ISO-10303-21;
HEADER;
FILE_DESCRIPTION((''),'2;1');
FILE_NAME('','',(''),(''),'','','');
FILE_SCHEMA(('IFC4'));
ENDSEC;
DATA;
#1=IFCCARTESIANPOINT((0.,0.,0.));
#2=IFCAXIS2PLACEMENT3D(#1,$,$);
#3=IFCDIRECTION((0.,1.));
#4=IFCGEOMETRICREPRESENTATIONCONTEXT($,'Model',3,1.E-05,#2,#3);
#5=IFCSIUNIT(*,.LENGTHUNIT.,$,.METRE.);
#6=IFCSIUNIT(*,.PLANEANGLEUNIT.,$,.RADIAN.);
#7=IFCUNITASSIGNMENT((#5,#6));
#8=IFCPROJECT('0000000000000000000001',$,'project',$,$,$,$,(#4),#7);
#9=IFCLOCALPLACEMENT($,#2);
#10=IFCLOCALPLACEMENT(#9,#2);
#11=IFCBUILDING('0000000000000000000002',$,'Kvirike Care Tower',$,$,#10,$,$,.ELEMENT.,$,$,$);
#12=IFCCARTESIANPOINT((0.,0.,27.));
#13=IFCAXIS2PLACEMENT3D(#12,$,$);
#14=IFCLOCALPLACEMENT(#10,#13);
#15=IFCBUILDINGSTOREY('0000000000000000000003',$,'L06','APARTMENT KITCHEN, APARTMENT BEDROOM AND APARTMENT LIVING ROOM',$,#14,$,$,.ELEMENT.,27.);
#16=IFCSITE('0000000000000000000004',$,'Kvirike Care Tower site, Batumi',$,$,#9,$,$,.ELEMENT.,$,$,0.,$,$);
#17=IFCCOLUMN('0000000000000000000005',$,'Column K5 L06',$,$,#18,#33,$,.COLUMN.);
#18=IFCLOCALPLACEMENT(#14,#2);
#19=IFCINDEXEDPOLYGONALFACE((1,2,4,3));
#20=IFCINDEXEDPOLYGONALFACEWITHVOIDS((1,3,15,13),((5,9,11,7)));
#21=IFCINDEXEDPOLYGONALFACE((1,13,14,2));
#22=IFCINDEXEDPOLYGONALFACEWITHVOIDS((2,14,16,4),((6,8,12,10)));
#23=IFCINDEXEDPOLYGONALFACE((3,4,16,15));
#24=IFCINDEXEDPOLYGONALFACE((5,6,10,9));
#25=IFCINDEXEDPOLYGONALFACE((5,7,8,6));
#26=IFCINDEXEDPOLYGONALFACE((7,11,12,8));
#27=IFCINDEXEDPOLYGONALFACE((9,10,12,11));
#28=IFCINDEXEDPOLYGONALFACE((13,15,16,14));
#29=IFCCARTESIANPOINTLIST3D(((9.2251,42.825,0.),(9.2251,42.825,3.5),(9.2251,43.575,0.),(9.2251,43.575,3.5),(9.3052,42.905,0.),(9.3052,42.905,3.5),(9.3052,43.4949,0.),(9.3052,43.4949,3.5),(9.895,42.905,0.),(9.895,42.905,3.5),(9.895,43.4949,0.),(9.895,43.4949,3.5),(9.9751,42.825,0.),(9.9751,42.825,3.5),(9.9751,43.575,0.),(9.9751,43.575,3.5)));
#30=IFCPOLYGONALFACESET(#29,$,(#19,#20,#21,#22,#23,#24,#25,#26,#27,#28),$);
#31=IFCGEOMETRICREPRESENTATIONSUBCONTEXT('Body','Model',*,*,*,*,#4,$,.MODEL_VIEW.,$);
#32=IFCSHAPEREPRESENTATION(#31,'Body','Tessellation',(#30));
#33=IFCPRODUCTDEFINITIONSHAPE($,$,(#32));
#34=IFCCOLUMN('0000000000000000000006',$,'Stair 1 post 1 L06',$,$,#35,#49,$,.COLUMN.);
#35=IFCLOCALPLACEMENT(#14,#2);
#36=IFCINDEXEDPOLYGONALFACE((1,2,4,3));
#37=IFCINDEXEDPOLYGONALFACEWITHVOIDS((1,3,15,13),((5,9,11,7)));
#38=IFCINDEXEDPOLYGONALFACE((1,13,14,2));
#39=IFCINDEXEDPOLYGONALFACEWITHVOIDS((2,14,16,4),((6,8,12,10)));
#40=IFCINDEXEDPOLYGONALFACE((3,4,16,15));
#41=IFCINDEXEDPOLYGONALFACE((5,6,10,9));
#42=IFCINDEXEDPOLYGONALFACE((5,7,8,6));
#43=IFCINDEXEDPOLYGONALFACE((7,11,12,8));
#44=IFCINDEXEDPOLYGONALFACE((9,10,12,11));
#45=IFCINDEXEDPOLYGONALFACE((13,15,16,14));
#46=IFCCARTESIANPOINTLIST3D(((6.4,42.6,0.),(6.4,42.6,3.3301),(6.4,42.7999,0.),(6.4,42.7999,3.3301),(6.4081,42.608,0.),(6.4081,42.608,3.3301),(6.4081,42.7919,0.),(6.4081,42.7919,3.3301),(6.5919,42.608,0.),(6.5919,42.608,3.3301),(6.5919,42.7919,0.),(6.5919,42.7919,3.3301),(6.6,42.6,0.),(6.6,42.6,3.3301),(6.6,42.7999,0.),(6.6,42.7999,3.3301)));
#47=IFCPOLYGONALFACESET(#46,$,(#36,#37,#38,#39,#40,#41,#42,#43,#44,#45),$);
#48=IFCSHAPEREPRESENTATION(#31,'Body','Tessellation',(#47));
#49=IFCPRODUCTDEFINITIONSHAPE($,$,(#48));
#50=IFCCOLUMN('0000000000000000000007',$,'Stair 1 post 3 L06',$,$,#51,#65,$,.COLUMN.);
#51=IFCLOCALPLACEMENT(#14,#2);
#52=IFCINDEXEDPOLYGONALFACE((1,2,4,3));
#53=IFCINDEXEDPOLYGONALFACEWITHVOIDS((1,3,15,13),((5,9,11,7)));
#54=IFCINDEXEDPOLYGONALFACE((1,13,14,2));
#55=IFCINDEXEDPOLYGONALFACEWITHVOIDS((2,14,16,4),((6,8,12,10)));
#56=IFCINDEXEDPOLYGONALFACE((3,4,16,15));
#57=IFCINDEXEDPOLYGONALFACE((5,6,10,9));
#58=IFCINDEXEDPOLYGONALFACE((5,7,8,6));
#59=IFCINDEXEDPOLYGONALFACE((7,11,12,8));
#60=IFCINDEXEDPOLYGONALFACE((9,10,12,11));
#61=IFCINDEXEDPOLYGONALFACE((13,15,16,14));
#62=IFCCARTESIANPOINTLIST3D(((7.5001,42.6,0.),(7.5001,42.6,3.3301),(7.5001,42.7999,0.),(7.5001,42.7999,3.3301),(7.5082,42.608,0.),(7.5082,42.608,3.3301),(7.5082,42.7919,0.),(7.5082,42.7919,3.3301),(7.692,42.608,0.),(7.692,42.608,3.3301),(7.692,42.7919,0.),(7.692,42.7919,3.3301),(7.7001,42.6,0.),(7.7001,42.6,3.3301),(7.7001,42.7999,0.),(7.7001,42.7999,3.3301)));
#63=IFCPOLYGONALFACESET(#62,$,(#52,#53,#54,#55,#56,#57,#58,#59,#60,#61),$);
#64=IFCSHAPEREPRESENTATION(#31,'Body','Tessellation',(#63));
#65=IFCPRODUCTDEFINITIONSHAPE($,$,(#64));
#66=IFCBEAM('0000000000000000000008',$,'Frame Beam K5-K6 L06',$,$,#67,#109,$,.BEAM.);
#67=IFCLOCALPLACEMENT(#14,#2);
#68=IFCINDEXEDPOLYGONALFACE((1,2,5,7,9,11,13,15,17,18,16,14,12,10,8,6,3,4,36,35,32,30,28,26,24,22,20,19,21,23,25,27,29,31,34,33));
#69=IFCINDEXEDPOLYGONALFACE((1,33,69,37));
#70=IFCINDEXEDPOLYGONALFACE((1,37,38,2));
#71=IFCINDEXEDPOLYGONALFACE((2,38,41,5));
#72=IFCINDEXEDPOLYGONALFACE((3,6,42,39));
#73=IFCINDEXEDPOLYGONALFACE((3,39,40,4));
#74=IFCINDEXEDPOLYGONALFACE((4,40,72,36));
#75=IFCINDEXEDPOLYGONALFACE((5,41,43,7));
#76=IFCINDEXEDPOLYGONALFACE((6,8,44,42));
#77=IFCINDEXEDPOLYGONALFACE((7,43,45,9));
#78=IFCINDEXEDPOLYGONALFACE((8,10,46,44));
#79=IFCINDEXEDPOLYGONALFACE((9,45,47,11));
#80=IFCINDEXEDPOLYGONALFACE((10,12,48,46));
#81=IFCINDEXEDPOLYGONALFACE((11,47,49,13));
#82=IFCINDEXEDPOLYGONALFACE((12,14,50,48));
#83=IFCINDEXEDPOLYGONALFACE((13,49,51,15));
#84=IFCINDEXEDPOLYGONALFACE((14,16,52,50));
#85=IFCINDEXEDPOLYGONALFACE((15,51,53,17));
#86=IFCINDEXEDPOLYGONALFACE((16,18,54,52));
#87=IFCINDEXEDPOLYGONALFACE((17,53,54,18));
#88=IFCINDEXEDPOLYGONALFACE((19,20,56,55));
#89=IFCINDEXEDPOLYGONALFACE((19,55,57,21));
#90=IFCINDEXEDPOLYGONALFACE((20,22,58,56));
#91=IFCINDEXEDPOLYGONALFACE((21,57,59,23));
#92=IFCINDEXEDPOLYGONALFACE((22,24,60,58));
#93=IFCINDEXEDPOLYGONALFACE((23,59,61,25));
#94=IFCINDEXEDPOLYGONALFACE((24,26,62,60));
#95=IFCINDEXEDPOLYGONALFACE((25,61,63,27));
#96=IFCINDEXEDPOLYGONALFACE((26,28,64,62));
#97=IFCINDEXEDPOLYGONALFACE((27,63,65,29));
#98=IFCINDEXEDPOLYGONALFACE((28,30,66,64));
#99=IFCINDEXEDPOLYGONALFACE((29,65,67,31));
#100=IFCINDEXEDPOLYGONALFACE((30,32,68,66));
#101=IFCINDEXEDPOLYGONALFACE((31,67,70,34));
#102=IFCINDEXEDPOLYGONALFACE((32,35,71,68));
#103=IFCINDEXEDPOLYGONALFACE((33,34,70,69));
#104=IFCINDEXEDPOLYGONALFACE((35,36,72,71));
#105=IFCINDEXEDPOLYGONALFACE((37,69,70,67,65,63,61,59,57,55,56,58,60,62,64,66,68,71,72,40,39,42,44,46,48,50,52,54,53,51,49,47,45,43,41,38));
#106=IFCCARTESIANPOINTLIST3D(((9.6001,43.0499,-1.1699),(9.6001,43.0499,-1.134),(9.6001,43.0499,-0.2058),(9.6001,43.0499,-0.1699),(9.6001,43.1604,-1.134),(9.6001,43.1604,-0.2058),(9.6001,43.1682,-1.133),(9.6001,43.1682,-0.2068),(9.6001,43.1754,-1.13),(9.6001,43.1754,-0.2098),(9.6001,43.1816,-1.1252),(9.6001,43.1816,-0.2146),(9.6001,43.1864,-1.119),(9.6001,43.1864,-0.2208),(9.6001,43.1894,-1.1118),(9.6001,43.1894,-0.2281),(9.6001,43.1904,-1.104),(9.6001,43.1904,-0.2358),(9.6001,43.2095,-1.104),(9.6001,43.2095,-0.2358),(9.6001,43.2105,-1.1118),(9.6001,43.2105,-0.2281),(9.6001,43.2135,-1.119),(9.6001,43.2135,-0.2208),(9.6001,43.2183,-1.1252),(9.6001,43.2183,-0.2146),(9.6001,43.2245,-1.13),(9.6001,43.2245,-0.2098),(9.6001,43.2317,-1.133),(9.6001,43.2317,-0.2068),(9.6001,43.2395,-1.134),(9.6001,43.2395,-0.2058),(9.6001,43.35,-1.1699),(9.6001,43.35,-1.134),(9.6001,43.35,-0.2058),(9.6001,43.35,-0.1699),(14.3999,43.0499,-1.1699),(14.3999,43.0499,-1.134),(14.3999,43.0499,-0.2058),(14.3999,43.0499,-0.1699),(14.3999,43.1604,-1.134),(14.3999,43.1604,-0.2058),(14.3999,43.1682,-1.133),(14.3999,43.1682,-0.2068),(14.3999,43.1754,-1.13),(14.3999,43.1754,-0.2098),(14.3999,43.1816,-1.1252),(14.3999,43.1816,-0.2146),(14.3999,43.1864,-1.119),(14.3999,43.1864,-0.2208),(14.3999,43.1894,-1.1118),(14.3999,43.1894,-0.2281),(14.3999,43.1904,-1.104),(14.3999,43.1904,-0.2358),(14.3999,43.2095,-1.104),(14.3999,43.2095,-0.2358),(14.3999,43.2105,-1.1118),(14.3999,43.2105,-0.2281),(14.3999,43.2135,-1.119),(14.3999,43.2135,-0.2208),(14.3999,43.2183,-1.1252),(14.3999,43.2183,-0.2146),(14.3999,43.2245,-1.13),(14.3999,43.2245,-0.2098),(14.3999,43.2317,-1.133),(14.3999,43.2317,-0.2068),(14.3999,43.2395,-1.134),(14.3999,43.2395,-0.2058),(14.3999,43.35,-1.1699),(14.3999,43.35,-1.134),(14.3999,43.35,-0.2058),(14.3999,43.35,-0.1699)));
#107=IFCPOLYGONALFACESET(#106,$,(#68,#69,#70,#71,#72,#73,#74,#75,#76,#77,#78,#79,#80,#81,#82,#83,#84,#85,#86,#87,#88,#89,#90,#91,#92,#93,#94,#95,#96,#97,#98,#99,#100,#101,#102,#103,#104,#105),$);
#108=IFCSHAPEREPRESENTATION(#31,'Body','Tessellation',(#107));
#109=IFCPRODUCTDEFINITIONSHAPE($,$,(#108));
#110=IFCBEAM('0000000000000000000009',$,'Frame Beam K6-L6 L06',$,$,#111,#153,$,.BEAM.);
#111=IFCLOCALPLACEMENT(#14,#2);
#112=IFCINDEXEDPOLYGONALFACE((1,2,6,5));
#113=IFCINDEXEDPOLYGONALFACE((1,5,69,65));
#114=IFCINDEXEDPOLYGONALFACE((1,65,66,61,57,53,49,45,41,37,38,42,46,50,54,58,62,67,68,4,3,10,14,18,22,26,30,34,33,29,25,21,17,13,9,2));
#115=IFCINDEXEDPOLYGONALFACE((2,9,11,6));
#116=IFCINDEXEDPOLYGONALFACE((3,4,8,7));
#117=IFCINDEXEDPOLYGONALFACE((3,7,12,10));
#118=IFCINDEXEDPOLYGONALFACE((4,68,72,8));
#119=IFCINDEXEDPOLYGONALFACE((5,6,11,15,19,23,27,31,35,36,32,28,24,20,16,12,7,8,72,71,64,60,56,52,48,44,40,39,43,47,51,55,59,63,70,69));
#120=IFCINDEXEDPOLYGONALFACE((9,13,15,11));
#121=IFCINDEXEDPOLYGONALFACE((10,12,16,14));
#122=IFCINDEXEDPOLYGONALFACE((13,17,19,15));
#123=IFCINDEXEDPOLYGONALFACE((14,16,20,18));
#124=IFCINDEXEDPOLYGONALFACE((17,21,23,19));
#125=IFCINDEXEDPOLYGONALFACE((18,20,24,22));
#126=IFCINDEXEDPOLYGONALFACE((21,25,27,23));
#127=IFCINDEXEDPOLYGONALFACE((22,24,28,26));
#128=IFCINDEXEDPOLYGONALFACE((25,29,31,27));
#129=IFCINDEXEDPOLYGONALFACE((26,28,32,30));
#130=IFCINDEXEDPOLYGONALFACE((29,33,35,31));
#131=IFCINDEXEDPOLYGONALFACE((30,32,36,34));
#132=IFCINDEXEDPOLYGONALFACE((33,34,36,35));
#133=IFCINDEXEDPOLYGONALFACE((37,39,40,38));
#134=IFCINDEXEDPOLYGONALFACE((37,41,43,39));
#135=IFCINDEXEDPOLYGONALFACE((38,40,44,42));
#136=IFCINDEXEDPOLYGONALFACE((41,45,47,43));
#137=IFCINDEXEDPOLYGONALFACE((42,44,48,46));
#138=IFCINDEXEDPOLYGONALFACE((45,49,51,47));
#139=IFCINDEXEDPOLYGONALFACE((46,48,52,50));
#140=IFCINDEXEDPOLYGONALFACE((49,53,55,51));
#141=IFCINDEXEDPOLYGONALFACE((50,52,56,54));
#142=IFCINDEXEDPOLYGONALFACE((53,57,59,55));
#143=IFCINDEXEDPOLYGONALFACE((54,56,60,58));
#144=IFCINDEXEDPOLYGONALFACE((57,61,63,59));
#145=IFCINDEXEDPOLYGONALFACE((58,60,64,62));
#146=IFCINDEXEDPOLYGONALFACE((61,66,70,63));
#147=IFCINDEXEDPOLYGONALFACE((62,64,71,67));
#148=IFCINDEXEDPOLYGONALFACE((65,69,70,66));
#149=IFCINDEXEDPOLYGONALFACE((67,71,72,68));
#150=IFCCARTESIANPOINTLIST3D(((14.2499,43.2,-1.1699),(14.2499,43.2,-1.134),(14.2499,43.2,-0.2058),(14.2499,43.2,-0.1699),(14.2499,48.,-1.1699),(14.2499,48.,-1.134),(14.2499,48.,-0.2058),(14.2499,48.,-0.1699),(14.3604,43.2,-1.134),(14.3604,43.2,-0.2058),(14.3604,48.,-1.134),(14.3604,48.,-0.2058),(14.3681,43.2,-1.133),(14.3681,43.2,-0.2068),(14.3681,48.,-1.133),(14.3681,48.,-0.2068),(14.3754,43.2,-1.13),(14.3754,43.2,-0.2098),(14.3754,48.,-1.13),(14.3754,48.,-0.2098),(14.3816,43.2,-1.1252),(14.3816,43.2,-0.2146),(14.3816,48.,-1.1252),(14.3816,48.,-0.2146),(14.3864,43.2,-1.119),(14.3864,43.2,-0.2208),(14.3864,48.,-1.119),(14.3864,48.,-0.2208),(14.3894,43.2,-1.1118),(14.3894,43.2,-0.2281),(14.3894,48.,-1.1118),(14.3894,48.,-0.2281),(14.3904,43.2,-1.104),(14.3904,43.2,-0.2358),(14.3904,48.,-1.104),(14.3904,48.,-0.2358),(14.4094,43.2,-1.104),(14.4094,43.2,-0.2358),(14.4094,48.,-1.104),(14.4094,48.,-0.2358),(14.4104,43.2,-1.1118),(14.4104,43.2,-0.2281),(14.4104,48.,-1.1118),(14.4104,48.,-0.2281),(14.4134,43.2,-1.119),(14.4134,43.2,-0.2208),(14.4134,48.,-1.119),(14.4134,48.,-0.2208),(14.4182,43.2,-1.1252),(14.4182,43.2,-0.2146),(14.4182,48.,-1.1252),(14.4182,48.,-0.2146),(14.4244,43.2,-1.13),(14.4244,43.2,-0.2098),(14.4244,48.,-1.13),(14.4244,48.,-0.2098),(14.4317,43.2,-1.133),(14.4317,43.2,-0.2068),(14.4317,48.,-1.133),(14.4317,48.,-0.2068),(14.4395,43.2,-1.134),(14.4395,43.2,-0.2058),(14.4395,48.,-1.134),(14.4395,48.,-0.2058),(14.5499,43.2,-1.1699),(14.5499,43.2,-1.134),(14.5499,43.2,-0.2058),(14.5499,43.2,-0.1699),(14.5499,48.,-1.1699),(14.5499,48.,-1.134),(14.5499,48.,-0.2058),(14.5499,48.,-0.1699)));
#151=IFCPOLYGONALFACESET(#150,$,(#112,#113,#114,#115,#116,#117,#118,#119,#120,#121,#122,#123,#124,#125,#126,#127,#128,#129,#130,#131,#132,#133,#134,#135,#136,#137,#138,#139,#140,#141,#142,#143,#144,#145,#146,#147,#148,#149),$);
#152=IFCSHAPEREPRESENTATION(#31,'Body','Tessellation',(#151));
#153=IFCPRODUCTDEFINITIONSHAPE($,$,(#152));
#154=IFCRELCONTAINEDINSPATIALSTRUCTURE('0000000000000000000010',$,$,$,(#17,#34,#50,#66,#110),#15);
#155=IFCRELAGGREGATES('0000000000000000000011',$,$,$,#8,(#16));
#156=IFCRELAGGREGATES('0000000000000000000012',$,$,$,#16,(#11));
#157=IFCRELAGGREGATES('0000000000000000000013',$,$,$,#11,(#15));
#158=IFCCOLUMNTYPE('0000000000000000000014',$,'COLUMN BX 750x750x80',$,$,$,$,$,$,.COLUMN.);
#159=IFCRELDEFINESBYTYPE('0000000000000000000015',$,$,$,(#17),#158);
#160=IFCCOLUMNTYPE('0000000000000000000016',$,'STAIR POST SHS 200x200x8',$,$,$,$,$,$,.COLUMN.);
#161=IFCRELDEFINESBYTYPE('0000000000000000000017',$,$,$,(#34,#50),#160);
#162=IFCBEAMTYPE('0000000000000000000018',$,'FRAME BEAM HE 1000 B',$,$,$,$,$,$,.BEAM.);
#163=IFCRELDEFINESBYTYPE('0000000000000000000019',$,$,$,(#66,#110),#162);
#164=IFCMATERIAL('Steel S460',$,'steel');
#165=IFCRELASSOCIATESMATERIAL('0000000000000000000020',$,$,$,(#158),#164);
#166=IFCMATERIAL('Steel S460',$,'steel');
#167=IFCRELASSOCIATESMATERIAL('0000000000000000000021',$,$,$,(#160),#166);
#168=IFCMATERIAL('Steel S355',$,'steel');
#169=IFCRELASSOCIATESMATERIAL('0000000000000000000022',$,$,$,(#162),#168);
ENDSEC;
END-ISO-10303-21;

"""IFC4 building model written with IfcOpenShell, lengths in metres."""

from ifc_helpers import new_model, si_unit, direction, frame, origin, origin_2d, place, context, subcontext, project, spatial, hollow_rectangle, i_section, extrude, material, material_profile, profile_set, type_object, element, save


model = new_model("IFC4")

# Units and contexts
model_context = context("Model", 3, precision=1e-05, world=origin(), true_north=direction((0.0, 1.0)))
body_context = subcontext(model_context, "Body", "Model", "MODEL_VIEW")
ifc_project = project(units=[si_unit("LENGTHUNIT", "METRE"), si_unit("PLANEANGLEUNIT", "RADIAN")], contexts=[model_context])

# Site, building, storey
site_placement = place(None, origin())
site = spatial("IfcSite", under=ifc_project, at=site_placement, Name="Kvirike Care Tower site, Batumi", CompositionType="ELEMENT", RefElevation=0.0)
building_placement = place(site_placement, origin())
building = spatial("IfcBuilding", under=site, at=building_placement, Name="Kvirike Care Tower", CompositionType="ELEMENT")
storey_placement = place(building_placement, frame((0.0, 0.0, 27.0)))
storey = spatial("IfcBuildingStorey", under=building, at=storey_placement, Name="L06", Description="APARTMENT KITCHEN, APARTMENT BEDROOM AND APARTMENT LIVING ROOM", CompositionType="ELEMENT", Elevation=27.0)

# Columns
ifc_material_1 = material(Name="Steel S460", Category="steel")
ifc_material_profile_1 = material_profile(ifc_material_1, hollow_rectangle(XDim=0.75, YDim=0.75, WallThickness=0.0801, at=origin_2d()), Name="BX 750x750x80")
ifc_profile_set_1 = profile_set([ifc_material_profile_1], Name="Steel S460")
column_type_1 = type_object("IfcColumnType", Name="COLUMN BX 750x750x80", PredefinedType="COLUMN", material=ifc_profile_set_1)
column_placement = place(storey_placement, frame((9.6001, 43.2, 0.0), z_axis=(0.0, 0.0, 1.0), x_axis=(0.0, 1.0, 0.0)))
element("IfcColumn", 1, at=column_placement, inside=storey, type_object=column_type_1, Name="Column K5 L06", PredefinedType="COLUMN", context=body_context, shape_type="SweptSolid", body=[
    extrude(hollow_rectangle(XDim=0.75, YDim=0.75, WallThickness=0.0801, at=origin_2d()), origin(), (0.0, 0.0, 1.0), 3.5),
])
ifc_material_2 = material(Name="Steel S460", Category="steel")
ifc_material_profile_2 = material_profile(ifc_material_2, hollow_rectangle(XDim=0.2, YDim=0.2, WallThickness=0.0081, at=origin_2d()), Name="SHS 200x200x8")
ifc_profile_set_2 = profile_set([ifc_material_profile_2], Name="Steel S460")
column_type_2 = type_object("IfcColumnType", Name="STAIR POST SHS 200x200x8", PredefinedType="COLUMN", material=ifc_profile_set_2)
for number, where, z_axis, x_axis, name in (
    (2, (6.5, 42.7, 0.0), (0.0, 0.0, 1.0), (1.0, 0.0, 0.0), "Stair 1 post 1 L06"),
    (3, (7.6001, 42.7, 0.0), (0.0, 0.0, 1.0), (1.0, 0.0, 0.0), "Stair 1 post 3 L06"),
):
    element("IfcColumn", number, at=place(storey_placement, frame(where, z_axis=z_axis, x_axis=x_axis)), inside=storey, type_object=column_type_2, Name=name, PredefinedType="COLUMN", context=body_context, shape_type="SweptSolid", body=[
        extrude(hollow_rectangle(XDim=0.2, YDim=0.2, WallThickness=0.0081, at=origin_2d()), origin(), (0.0, 0.0, 1.0), 3.3301),
    ])

# Beams
ifc_material_3 = material(Name="Steel S355", Category="steel")
ifc_material_profile_3 = material_profile(ifc_material_3, i_section(OverallWidth=0.3, OverallDepth=1.0, WebThickness=0.019, FlangeThickness=0.0359, FilletRadius=0.03, at=origin_2d()), Name="HE 1000 B")
ifc_profile_set_3 = profile_set([ifc_material_profile_3], Name="Steel S355")
beam_type_1 = type_object("IfcBeamType", Name="FRAME BEAM HE 1000 B", PredefinedType="BEAM", material=ifc_profile_set_3)
beam_1_placement = place(storey_placement, frame((9.6001, 43.2, -0.6699), z_axis=(1.0, 0.0, 0.0), x_axis=(0.0, 1.0, 0.0)))
element("IfcBeam", 4, at=beam_1_placement, inside=storey, type_object=beam_type_1, Name="Frame Beam K5-K6 L06", PredefinedType="BEAM", context=body_context, shape_type="SweptSolid", body=[
    extrude(i_section(OverallWidth=0.3, OverallDepth=1.0, WebThickness=0.019, FlangeThickness=0.0359, FilletRadius=0.03, at=origin_2d()), origin(), (0.0, 0.0, 1.0), 4.7998),
])
beam_2_placement = place(storey_placement, frame((14.3999, 43.2, -0.6699), z_axis=(0.0, 1.0, 0.0), x_axis=(-1.0, 0.0, 0.0)))
element("IfcBeam", 5, at=beam_2_placement, inside=storey, type_object=beam_type_1, Name="Frame Beam K6-L6 L06", PredefinedType="BEAM", context=body_context, shape_type="SweptSolid", body=[
    extrude(i_section(OverallWidth=0.3, OverallDepth=1.0, WebThickness=0.019, FlangeThickness=0.0359, FilletRadius=0.03, at=origin_2d()), origin(), (0.0, 0.0, 1.0), 4.8),
])

save(model, "model.ifc")
